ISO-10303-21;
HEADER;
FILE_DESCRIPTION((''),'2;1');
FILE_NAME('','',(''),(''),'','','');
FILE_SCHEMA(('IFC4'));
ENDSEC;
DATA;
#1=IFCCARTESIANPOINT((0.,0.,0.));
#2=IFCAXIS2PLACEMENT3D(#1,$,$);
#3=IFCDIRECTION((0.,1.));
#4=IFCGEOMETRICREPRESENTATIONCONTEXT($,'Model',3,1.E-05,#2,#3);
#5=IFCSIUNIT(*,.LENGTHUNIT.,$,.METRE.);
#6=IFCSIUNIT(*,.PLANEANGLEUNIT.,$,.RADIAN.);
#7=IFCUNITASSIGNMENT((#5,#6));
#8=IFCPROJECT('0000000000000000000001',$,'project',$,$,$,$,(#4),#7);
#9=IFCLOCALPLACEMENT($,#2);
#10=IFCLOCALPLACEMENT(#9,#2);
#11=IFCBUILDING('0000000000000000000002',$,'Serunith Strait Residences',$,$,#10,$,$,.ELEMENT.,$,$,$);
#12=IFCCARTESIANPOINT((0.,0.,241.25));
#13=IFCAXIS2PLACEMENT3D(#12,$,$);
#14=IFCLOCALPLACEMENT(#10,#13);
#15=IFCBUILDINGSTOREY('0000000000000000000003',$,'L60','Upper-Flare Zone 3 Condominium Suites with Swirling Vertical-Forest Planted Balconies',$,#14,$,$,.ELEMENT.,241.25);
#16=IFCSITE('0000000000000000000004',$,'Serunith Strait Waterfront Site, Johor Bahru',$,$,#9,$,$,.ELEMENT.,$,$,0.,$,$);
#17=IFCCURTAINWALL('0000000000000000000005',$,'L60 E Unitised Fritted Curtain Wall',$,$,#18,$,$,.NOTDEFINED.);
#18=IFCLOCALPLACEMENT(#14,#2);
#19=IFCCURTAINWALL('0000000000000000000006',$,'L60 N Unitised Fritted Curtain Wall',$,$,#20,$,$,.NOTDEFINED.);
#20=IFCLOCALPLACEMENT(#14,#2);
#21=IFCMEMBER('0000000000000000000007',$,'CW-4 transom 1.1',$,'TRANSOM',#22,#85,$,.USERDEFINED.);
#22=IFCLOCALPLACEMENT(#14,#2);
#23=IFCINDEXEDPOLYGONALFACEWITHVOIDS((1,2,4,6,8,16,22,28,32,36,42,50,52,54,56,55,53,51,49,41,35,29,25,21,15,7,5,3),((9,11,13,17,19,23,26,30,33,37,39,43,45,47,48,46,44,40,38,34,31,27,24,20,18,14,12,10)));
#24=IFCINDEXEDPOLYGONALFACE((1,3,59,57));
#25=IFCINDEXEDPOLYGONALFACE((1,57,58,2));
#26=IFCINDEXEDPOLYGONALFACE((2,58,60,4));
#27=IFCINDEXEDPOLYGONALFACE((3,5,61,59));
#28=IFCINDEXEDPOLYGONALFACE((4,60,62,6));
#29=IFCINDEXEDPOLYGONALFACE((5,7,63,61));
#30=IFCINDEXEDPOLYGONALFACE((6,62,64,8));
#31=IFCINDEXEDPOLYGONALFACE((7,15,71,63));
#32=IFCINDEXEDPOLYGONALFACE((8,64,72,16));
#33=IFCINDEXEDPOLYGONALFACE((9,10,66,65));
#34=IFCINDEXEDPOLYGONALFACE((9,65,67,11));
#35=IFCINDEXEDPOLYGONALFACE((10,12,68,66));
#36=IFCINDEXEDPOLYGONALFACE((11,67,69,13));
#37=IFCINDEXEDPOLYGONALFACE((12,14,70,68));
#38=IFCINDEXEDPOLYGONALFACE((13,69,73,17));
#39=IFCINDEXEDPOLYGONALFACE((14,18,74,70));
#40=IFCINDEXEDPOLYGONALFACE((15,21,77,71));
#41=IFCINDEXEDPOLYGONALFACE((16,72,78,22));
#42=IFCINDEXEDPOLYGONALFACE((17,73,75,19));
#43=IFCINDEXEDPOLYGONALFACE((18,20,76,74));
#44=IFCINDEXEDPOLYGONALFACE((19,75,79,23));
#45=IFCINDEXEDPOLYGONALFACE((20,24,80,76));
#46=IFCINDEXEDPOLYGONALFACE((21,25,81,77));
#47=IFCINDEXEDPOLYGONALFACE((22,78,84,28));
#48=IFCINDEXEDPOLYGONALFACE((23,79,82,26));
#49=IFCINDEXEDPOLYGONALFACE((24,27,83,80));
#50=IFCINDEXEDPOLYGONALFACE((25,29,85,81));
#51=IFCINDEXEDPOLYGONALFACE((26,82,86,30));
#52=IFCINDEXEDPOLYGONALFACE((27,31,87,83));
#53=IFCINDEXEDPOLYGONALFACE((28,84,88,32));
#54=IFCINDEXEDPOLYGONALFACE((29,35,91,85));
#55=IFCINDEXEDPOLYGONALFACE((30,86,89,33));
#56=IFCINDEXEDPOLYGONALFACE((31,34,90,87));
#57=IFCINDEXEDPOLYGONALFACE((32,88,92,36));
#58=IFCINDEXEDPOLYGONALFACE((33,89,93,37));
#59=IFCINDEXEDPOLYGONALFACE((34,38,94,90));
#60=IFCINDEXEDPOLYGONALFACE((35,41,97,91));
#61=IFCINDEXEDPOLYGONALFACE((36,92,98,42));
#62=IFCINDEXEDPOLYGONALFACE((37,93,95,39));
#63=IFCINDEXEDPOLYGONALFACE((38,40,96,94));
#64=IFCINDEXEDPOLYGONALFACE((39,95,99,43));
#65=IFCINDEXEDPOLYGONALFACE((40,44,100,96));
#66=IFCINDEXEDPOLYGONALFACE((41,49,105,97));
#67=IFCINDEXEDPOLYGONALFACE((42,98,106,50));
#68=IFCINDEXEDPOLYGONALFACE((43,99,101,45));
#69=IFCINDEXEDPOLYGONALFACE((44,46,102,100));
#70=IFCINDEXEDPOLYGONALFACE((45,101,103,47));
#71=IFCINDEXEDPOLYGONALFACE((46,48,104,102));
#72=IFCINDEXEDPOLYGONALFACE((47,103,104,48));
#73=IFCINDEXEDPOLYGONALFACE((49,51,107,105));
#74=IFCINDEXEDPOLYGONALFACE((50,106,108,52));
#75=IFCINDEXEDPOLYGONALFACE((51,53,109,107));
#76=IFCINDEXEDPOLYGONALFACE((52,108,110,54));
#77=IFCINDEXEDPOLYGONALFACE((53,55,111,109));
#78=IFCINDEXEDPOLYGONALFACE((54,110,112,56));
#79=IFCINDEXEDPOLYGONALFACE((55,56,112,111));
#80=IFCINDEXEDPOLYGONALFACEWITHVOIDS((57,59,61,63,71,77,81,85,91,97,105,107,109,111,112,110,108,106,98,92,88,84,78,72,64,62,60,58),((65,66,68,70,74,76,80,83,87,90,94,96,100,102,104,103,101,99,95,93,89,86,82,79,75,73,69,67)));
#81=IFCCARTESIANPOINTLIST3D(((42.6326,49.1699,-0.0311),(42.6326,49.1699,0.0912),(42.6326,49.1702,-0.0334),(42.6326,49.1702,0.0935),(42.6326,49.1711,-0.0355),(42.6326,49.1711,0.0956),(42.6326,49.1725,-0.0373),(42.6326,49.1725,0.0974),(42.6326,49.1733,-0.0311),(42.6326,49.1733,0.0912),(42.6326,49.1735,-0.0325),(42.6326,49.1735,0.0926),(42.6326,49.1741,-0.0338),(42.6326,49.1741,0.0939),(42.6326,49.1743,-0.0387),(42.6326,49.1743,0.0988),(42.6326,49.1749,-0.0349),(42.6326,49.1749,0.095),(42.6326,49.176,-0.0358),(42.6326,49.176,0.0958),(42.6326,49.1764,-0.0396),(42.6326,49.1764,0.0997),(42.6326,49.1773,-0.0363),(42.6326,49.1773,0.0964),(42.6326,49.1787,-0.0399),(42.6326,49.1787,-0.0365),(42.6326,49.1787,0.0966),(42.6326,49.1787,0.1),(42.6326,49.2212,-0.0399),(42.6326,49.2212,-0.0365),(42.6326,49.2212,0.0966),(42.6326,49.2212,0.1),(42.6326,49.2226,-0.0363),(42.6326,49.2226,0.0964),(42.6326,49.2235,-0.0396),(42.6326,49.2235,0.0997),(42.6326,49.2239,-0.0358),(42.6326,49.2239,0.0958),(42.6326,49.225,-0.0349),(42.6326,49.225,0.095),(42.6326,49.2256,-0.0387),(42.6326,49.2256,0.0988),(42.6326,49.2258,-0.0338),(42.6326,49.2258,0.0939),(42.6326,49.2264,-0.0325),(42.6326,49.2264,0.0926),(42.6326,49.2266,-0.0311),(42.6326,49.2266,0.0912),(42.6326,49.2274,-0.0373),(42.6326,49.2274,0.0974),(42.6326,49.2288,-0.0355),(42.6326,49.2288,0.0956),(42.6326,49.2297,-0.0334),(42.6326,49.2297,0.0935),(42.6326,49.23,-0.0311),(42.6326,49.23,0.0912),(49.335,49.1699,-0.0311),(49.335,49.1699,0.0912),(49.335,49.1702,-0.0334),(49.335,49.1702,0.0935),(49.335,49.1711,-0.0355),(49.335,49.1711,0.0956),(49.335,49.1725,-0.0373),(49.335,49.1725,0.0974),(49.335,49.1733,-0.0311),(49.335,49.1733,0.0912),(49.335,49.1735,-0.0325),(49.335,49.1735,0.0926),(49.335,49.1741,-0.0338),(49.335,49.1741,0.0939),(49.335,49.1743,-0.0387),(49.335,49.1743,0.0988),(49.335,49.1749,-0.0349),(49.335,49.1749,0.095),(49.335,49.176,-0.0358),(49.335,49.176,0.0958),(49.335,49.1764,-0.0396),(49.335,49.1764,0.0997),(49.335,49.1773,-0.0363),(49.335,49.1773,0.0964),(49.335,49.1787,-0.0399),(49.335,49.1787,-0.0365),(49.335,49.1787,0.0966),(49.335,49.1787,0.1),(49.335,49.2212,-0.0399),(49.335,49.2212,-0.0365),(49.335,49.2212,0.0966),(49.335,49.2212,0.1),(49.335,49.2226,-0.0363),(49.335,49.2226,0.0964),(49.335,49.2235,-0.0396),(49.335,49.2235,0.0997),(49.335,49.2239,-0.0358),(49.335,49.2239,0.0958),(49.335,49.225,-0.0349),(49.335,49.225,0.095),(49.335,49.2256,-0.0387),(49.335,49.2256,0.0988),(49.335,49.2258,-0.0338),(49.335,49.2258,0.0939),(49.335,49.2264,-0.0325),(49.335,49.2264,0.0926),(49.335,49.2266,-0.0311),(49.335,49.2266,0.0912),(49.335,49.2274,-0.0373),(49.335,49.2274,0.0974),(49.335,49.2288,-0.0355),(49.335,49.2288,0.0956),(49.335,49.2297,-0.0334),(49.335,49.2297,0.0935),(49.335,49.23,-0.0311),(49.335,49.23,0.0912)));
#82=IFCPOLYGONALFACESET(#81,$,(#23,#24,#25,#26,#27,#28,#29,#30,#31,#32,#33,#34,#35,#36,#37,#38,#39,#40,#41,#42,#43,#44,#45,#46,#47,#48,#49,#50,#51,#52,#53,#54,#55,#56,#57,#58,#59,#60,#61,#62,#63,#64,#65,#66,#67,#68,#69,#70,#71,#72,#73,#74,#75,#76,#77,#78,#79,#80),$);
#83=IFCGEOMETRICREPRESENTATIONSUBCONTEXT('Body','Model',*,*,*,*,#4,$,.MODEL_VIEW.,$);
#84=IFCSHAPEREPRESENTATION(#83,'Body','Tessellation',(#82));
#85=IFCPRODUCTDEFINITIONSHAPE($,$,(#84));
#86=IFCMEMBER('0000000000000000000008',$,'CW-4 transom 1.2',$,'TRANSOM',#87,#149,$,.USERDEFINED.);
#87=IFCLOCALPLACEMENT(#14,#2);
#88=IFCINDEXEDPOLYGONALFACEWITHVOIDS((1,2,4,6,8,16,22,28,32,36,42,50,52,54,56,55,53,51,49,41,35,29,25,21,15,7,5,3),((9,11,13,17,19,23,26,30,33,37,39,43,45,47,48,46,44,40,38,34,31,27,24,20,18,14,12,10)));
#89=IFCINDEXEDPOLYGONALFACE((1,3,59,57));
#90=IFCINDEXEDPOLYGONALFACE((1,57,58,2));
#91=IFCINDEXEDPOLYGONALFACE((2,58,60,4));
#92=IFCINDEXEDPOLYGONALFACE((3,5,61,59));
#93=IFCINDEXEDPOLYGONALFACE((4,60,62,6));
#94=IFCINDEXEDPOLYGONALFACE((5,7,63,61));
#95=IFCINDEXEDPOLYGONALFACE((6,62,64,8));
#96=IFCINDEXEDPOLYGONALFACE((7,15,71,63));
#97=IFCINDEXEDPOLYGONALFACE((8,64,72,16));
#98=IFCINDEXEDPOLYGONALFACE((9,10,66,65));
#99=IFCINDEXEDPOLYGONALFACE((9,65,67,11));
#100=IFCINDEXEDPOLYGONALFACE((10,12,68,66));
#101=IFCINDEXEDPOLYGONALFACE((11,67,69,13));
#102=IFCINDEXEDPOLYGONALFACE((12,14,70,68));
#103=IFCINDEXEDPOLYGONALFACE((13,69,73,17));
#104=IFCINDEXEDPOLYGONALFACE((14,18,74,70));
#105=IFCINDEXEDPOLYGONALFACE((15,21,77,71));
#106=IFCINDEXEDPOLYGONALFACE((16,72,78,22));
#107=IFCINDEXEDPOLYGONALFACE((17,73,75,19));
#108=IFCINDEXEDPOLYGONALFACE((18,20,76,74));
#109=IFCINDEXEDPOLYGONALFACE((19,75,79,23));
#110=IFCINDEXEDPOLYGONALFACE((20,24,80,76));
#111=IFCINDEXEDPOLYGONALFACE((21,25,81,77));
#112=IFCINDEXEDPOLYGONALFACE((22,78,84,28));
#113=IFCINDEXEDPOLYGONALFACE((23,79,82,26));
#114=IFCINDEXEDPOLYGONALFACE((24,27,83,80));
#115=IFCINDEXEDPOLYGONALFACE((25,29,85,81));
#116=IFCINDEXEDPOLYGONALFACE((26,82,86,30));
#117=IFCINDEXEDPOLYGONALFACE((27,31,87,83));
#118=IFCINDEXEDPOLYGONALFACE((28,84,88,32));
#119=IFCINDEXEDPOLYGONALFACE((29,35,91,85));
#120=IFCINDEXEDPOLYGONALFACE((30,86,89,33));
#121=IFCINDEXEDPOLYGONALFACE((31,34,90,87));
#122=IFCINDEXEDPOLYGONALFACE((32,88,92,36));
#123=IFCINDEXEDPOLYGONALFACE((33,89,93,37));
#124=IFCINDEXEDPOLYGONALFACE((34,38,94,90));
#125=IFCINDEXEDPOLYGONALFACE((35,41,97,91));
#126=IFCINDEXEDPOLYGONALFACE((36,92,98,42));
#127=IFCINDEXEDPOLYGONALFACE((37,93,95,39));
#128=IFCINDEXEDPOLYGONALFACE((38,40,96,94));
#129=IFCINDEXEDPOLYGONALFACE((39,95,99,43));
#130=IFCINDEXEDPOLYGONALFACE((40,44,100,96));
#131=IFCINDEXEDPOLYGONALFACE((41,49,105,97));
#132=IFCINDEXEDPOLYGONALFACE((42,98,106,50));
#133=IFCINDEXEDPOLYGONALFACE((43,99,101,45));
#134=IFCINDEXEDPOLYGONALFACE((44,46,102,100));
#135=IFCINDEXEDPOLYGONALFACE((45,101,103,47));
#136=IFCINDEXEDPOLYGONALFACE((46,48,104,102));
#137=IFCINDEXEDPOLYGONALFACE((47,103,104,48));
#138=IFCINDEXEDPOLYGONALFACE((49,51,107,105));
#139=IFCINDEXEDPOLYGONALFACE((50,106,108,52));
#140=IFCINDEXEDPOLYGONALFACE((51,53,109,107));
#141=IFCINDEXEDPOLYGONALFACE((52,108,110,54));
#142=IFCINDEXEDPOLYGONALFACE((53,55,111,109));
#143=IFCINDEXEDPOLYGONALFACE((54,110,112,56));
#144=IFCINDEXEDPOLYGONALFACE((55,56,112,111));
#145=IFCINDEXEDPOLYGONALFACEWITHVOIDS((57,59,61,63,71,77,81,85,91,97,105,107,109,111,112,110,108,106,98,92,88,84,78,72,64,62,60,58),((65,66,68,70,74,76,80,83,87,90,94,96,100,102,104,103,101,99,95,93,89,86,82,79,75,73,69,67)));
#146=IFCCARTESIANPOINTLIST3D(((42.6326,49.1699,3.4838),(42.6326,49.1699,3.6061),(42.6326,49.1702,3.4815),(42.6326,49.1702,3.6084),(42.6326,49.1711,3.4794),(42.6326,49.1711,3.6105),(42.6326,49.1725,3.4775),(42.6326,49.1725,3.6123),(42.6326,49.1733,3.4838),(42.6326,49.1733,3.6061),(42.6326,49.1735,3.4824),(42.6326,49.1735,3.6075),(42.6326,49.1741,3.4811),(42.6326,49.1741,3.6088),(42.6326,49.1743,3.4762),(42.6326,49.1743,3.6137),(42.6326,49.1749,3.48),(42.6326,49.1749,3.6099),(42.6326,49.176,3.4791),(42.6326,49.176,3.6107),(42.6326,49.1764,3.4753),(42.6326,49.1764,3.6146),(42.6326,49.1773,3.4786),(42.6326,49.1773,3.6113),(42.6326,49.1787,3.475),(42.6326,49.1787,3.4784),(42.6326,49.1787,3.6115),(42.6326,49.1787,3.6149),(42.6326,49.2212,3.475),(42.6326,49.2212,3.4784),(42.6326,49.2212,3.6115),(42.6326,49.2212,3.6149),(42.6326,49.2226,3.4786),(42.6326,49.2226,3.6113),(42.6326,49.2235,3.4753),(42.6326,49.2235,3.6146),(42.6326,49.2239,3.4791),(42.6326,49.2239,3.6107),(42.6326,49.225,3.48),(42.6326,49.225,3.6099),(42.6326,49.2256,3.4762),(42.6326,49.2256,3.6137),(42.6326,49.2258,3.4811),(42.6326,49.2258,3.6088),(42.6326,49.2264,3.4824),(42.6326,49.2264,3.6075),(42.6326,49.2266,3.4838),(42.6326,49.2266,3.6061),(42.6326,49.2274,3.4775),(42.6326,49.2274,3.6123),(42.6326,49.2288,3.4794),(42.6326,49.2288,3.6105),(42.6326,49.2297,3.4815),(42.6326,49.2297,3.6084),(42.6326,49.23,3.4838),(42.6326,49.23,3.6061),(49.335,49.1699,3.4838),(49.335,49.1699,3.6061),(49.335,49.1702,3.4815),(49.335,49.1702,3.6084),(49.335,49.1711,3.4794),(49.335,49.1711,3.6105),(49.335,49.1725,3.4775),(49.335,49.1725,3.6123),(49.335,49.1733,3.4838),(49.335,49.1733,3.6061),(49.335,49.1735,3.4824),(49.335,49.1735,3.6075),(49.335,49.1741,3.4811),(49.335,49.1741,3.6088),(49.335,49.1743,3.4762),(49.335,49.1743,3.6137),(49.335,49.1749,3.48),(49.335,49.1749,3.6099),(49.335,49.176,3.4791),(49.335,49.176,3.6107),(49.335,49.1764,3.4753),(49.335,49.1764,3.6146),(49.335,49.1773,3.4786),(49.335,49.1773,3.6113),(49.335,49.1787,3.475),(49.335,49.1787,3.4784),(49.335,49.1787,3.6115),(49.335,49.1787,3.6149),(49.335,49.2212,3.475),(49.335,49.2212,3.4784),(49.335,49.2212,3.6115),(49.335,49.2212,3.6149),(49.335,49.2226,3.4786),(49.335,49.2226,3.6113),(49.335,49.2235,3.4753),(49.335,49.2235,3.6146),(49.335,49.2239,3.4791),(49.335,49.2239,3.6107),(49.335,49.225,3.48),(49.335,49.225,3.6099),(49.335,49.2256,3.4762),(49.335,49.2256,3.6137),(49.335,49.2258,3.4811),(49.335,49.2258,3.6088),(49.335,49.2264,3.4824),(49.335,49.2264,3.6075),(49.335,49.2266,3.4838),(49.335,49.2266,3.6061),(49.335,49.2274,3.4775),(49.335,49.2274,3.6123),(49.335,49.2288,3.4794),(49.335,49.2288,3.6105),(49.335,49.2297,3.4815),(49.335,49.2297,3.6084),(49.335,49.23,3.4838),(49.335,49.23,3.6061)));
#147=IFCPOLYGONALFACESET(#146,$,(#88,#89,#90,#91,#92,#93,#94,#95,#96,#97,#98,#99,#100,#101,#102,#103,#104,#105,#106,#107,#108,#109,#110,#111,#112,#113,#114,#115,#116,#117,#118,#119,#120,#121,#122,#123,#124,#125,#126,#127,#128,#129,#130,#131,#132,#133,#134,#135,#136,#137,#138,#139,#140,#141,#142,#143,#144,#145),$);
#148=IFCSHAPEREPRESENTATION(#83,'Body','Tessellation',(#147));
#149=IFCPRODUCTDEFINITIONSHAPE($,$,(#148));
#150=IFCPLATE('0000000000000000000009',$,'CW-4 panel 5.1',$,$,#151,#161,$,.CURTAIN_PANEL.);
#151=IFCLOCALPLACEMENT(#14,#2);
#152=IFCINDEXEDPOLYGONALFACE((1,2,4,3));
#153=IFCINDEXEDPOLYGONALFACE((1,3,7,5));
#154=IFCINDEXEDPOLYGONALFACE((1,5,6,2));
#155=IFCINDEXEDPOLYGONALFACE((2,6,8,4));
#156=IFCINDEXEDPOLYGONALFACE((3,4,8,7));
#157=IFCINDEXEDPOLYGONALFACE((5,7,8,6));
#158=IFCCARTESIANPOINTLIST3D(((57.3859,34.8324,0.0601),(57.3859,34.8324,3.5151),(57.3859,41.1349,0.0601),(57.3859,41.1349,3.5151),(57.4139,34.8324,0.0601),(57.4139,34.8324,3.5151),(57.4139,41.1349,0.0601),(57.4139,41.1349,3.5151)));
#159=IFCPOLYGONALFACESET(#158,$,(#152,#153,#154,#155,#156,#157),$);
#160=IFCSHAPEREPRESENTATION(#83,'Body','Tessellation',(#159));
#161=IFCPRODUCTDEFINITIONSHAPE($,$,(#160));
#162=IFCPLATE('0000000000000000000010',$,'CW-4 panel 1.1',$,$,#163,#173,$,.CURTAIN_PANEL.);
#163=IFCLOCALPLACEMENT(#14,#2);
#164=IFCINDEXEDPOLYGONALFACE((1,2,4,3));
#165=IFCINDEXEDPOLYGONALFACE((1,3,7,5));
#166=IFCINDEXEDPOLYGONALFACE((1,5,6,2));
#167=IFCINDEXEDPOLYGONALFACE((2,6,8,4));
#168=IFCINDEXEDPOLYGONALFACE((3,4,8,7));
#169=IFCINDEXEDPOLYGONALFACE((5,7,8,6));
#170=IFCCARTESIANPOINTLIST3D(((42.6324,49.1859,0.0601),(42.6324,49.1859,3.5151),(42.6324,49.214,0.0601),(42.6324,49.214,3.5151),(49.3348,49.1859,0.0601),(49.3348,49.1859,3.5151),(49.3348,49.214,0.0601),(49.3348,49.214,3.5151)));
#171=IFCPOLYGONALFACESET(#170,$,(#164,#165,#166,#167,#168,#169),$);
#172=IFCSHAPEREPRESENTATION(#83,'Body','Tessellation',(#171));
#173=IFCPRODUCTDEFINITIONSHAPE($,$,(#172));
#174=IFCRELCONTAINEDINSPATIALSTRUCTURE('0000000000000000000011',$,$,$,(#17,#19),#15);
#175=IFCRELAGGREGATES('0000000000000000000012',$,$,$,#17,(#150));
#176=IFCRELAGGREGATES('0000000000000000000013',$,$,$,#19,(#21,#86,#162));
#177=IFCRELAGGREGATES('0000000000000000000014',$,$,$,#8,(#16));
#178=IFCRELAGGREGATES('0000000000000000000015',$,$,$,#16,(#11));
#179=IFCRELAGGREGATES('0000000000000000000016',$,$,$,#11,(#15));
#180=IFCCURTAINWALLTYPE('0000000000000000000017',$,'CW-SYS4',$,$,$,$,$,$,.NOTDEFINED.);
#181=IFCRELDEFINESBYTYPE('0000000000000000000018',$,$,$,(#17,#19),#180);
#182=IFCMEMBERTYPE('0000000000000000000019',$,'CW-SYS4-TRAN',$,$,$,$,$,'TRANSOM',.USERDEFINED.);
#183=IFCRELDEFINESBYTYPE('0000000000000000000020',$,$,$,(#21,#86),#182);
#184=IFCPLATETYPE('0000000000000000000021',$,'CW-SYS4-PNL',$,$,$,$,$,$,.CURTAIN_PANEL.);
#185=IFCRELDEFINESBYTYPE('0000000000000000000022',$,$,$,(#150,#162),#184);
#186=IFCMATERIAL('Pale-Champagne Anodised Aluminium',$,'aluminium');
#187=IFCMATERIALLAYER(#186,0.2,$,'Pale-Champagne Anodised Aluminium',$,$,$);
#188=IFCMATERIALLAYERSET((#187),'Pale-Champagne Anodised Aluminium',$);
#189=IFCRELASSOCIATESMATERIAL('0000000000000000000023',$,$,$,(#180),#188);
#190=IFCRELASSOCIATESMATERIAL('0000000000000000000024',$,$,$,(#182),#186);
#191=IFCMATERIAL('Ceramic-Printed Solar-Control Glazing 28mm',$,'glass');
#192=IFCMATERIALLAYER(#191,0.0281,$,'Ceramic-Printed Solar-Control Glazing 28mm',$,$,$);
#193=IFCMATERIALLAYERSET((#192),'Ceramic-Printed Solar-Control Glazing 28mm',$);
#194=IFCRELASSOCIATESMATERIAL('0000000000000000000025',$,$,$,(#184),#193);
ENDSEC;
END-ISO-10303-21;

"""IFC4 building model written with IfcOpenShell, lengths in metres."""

from ifc_helpers import new_model, si_unit, direction, frame, origin, origin_2d, place, context, subcontext, project, spatial, rectangle, hollow_rectangle, extrude, source, transform, mapped, material, layer, layer_set, material_profile, profile_set, type_object, element, aggregate, save


model = new_model("IFC4")

# Units and contexts
model_context = context("Model", 3, precision=1e-05, world=origin(), true_north=direction((0.0, 1.0)))
body_context = subcontext(model_context, "Body", "Model", "MODEL_VIEW")
ifc_project = project(units=[si_unit("LENGTHUNIT", "METRE"), si_unit("PLANEANGLEUNIT", "RADIAN")], contexts=[model_context])

# Site, building, storey
site_placement = place(None, origin())
site = spatial("IfcSite", under=ifc_project, at=site_placement, Name="Serunith Strait Waterfront Site, Johor Bahru", CompositionType="ELEMENT", RefElevation=0.0)
building_placement = place(site_placement, origin())
building = spatial("IfcBuilding", under=site, at=building_placement, Name="Serunith Strait Residences", CompositionType="ELEMENT")
storey_placement = place(building_placement, frame((0.0, 0.0, 241.25)))
storey = spatial("IfcBuildingStorey", under=building, at=storey_placement, Name="L60", Description="Upper-Flare Zone 3 Condominium Suites with Swirling Vertical-Forest Planted Balconies", CompositionType="ELEMENT", Elevation=241.25)

# Curtain wall
ifc_material_1 = material(Name="Pale-Champagne Anodised Aluminium", Category="aluminium")
ifc_layer_1 = layer(ifc_material_1, 0.2, Name="Pale-Champagne Anodised Aluminium")
ifc_layer_set_1 = layer_set([ifc_layer_1], Name="Pale-Champagne Anodised Aluminium")
curtain_wall_type = type_object("IfcCurtainWallType", Name="CW-SYS4", PredefinedType="NOTDEFINED", material=ifc_layer_set_1)
curtain_wall_1_placement = place(storey_placement, origin())
curtain_wall_1 = element("IfcCurtainWall", 1, at=curtain_wall_1_placement, inside=storey, type_object=curtain_wall_type, Name="L60 E Unitised Fritted Curtain Wall", PredefinedType="NOTDEFINED")

# Curtain wall, members
curtain_wall_2_placement = place(storey_placement, origin())
curtain_wall_2 = element("IfcCurtainWall", 2, at=curtain_wall_2_placement, inside=storey, type_object=curtain_wall_type, Name="L60 N Unitised Fritted Curtain Wall", PredefinedType="NOTDEFINED")
ifc_material_profile_1 = material_profile(ifc_material_1, hollow_rectangle(XDim=0.0601, YDim=0.1399, WallThickness=0.0034, InnerFilletRadius=0.0054, OuterFilletRadius=0.0088, at=origin_2d()), Name="ALU 140x60x3.5")
ifc_profile_set_1 = profile_set([ifc_material_profile_1], Name="Pale-Champagne Anodised Aluminium")
member_type_1 = type_object("IfcMemberType", Name="CW-SYS4-TRAN", ElementType="TRANSOM", PredefinedType="USERDEFINED", material=ifc_profile_set_1)
shared_shape_1 = source(origin(), body_context, "Body", "SweptSolid", [
    extrude(hollow_rectangle(XDim=0.0601, YDim=0.1399, WallThickness=0.0034, InnerFilletRadius=0.0054, OuterFilletRadius=0.0088, at=origin_2d()), origin(), (0.0, 0.0, 1.0), 6.7024),
])
member_1_placement = place(storey_placement, frame((49.335, 49.2, 0.03), z_axis=(-1.0, 0.0, 0.0), x_axis=(0.0, -1.0, 0.0)))
member_1 = element("IfcMember", 3, at=member_1_placement, type_object=member_type_1, Name="CW-4 transom 1.1", ObjectType="TRANSOM", PredefinedType="USERDEFINED", context=body_context, shape_type="MappedRepresentation", body=[
    mapped(shared_shape_1, transform((0.0, 0.0, 0.0), scale=1.0)),
])
member_2_placement = place(storey_placement, frame((49.335, 49.2, 3.5449), z_axis=(-1.0, 0.0, 0.0), x_axis=(0.0, -1.0, 0.0)))
member_2 = element("IfcMember", 4, at=member_2_placement, type_object=member_type_1, Name="CW-4 transom 1.2", ObjectType="TRANSOM", PredefinedType="USERDEFINED", context=body_context, shape_type="MappedRepresentation", body=[
    mapped(shared_shape_1, transform((0.0, 0.0, 0.0), scale=1.0)),
])

# Plates
ifc_material_2 = material(Name="Ceramic-Printed Solar-Control Glazing 28mm", Category="glass")
ifc_layer_2 = layer(ifc_material_2, 0.0281, Name="Ceramic-Printed Solar-Control Glazing 28mm")
ifc_layer_set_2 = layer_set([ifc_layer_2], Name="Ceramic-Printed Solar-Control Glazing 28mm")
plate_type = type_object("IfcPlateType", Name="CW-SYS4-PNL", PredefinedType="CURTAIN_PANEL", material=ifc_layer_set_2)
shared_shape_2 = source(origin(), body_context, "Body", "SweptSolid", [
    extrude(rectangle(XDim=6.3025, YDim=0.0281, at=origin_2d()), origin(), (0.0, 0.0, 1.0), 3.4551),
])
plate_1_placement = place(storey_placement, frame((57.3999, 37.9836, 0.0601), z_axis=(0.0, 0.0, 1.0), x_axis=(0.0, 1.0, 0.0)))
plate_1 = element("IfcPlate", 5, at=plate_1_placement, type_object=plate_type, Name="CW-4 panel 5.1", PredefinedType="CURTAIN_PANEL", context=body_context, shape_type="MappedRepresentation", body=[
    mapped(shared_shape_2, transform((0.0, 0.0, 0.0), scale=1.0)),
])
aggregate(curtain_wall_1, [plate_1])
shared_shape_3 = source(origin(), body_context, "Body", "SweptSolid", [
    extrude(rectangle(XDim=6.7024, YDim=0.0281, at=origin_2d()), origin(), (0.0, 0.0, 1.0), 3.4551),
])
plate_2_placement = place(storey_placement, frame((45.9836, 49.2, 0.0601), z_axis=(0.0, 0.0, 1.0), x_axis=(-1.0, 0.0, 0.0)))
plate_2 = element("IfcPlate", 6, at=plate_2_placement, type_object=plate_type, Name="CW-4 panel 1.1", PredefinedType="CURTAIN_PANEL", context=body_context, shape_type="MappedRepresentation", body=[
    mapped(shared_shape_3, transform((0.0, 0.0, 0.0), scale=1.0)),
])
aggregate(curtain_wall_2, [member_1, member_2, plate_2])

save(model, "model.ifc")
